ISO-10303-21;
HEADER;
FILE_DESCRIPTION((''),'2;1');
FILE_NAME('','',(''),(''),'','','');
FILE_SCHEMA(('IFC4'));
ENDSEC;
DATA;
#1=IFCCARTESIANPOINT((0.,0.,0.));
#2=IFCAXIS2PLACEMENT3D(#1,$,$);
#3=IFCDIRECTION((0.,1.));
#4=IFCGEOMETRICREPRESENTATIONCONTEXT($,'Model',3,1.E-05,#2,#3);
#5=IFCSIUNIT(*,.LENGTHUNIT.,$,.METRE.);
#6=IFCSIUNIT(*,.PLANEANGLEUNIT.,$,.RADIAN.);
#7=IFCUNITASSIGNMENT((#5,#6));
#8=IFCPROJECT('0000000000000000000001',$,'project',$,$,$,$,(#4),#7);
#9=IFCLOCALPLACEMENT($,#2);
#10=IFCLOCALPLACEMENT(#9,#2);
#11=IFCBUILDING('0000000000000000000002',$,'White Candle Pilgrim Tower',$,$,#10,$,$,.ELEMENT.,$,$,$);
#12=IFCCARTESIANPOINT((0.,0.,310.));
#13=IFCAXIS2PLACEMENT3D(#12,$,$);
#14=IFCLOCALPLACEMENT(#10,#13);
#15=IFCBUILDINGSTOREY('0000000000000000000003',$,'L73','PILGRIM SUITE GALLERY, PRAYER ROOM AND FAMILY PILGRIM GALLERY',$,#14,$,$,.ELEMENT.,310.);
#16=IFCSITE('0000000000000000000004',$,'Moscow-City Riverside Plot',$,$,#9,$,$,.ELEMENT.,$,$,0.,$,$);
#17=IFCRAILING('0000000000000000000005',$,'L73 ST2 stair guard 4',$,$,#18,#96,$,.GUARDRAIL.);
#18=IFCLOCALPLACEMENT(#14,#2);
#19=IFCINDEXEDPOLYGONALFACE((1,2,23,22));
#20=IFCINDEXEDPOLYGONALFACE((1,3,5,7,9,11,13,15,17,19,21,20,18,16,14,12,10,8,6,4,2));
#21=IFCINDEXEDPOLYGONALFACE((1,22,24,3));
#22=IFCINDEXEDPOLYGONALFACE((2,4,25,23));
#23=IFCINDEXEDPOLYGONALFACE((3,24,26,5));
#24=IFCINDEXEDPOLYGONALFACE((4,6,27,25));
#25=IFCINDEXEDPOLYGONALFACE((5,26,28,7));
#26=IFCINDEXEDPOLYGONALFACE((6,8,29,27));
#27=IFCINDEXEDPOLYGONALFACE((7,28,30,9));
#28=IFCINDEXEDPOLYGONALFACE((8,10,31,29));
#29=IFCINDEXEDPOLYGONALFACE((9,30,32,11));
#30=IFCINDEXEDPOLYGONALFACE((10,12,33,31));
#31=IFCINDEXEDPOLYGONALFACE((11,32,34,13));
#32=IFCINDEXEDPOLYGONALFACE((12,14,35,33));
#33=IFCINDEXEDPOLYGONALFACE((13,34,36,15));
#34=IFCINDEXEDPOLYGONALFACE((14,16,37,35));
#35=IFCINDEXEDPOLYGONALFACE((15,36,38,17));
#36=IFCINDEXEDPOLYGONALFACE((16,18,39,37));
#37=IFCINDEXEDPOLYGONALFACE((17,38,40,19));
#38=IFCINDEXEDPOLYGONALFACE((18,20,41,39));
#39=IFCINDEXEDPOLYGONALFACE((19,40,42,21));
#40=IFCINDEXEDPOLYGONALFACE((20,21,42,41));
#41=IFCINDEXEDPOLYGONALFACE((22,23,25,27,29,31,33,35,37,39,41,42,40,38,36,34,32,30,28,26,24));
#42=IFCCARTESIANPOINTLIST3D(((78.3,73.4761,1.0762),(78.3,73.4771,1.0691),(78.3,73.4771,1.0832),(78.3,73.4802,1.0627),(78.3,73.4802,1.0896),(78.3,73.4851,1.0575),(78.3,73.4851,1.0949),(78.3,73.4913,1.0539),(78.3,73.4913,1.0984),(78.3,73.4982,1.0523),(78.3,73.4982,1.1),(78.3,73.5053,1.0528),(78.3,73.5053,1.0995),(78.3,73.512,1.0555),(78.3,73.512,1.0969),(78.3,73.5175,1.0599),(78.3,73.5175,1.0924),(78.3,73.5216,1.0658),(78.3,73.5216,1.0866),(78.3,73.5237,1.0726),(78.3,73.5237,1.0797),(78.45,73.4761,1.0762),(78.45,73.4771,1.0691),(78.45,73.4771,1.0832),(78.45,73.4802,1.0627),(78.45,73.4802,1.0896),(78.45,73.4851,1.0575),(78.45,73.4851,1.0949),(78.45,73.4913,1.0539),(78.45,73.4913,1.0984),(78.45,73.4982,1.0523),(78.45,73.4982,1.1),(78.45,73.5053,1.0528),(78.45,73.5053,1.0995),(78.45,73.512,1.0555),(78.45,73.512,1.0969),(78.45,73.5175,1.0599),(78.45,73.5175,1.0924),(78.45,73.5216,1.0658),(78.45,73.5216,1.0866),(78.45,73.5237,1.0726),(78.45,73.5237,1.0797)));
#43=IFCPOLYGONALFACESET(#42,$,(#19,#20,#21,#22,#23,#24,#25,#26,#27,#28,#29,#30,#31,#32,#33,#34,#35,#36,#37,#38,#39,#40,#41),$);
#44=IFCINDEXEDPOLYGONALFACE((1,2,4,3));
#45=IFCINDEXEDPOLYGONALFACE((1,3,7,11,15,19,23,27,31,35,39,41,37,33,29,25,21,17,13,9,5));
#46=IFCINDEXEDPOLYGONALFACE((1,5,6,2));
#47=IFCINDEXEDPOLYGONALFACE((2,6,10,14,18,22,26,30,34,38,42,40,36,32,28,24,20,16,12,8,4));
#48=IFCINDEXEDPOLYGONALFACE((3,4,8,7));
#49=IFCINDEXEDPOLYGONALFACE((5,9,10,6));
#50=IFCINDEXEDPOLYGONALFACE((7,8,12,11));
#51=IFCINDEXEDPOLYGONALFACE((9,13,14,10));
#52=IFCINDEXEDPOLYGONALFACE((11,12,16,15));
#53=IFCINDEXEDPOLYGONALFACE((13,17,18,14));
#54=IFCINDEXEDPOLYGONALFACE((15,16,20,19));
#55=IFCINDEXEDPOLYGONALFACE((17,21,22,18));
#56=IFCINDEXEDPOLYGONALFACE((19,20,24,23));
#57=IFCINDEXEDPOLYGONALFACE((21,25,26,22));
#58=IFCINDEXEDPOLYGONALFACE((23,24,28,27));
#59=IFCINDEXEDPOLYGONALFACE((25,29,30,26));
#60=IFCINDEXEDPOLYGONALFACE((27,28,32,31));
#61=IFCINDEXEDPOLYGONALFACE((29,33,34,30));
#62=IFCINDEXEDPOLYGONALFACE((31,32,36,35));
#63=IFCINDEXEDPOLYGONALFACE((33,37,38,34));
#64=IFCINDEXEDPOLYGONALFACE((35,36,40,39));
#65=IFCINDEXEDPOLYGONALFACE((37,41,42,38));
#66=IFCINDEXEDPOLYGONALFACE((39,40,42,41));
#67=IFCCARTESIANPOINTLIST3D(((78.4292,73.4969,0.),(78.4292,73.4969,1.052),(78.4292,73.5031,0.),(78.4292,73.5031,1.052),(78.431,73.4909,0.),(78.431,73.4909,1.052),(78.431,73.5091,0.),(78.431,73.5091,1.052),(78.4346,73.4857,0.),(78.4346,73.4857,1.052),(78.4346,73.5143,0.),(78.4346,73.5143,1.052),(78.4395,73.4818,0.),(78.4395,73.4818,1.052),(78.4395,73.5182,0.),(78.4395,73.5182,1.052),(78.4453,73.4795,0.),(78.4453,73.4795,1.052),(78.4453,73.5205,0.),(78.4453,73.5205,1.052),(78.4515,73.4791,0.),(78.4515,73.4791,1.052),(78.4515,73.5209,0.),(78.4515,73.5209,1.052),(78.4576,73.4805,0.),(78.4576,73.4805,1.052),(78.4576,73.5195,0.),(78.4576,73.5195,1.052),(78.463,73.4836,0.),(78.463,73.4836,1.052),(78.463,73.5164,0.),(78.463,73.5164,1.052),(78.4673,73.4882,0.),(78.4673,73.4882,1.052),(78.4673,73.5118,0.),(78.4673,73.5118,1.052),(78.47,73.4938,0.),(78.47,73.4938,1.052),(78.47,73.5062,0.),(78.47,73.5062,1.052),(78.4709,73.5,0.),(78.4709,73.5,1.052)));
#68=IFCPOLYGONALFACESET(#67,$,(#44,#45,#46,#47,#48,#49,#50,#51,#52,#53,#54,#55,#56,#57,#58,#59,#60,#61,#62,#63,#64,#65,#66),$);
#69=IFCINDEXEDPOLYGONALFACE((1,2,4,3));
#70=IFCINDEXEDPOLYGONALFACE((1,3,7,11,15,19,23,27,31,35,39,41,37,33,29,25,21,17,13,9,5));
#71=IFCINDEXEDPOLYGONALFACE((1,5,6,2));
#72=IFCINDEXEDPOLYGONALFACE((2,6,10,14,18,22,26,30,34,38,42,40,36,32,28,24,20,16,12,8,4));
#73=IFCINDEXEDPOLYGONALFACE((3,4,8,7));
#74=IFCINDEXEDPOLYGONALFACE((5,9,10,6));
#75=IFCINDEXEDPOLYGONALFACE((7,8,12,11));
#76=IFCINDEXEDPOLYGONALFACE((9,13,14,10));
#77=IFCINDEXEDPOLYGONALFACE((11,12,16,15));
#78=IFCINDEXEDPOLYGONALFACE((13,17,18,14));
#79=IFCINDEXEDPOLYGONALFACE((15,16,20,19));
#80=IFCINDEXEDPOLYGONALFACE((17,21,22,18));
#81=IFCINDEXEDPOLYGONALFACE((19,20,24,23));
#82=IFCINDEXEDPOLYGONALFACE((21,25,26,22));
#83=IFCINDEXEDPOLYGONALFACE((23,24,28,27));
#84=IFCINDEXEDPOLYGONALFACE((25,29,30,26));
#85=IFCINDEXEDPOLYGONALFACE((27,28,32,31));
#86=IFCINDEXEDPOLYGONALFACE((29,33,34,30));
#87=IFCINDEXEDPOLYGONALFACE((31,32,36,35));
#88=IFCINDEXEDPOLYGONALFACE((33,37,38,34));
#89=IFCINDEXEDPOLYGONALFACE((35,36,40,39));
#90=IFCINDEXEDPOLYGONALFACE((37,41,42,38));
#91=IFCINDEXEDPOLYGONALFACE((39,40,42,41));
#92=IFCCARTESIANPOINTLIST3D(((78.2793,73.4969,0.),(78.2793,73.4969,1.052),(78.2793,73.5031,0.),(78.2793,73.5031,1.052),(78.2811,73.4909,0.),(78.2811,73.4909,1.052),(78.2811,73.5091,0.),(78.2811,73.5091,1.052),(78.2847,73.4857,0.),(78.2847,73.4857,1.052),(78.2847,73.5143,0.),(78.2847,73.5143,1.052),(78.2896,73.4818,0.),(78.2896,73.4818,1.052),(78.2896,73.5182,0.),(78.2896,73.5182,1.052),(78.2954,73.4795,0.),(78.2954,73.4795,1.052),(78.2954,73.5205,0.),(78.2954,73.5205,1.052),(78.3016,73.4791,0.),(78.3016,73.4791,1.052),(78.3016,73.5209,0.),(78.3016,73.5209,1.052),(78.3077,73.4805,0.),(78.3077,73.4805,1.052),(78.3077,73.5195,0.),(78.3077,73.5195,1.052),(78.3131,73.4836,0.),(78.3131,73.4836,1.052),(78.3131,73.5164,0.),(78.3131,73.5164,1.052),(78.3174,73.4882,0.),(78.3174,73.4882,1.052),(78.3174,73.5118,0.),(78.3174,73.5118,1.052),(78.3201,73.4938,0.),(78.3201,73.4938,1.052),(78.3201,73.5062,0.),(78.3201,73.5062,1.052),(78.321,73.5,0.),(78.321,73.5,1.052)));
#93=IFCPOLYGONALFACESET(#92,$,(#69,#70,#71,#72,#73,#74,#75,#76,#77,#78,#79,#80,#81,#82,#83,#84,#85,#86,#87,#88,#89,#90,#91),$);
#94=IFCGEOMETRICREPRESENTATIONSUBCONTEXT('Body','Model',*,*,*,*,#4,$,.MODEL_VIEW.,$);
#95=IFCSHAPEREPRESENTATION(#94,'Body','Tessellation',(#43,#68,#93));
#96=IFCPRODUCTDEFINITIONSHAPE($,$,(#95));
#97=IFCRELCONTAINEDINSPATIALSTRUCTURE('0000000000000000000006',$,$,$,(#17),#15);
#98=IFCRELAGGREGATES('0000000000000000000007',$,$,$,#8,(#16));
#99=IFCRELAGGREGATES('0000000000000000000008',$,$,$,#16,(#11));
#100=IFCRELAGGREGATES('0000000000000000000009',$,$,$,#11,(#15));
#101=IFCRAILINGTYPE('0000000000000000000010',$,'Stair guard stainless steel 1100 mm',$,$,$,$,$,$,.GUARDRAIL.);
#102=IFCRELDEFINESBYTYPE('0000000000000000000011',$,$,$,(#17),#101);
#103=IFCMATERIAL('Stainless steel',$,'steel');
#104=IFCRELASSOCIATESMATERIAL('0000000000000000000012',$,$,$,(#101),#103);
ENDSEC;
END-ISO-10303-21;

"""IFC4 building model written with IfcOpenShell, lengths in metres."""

from ifc_helpers import new_model, si_unit, direction, frame, origin, origin_2d, place, context, subcontext, project, spatial, circle, extrude, material, type_object, element, save


model = new_model("IFC4")

# Units and contexts
model_context = context("Model", 3, precision=1e-05, world=origin(), true_north=direction((0.0, 1.0)))
body_context = subcontext(model_context, "Body", "Model", "MODEL_VIEW")
ifc_project = project(units=[si_unit("LENGTHUNIT", "METRE"), si_unit("PLANEANGLEUNIT", "RADIAN")], contexts=[model_context])

# Site, building, storey
site_placement = place(None, origin())
site = spatial("IfcSite", under=ifc_project, at=site_placement, Name="Moscow-City Riverside Plot", CompositionType="ELEMENT", RefElevation=0.0)
building_placement = place(site_placement, origin())
building = spatial("IfcBuilding", under=site, at=building_placement, Name="White Candle Pilgrim Tower", CompositionType="ELEMENT")
storey_placement = place(building_placement, frame((0.0, 0.0, 310.0)))
storey = spatial("IfcBuildingStorey", under=building, at=storey_placement, Name="L73", Description="PILGRIM SUITE GALLERY, PRAYER ROOM AND FAMILY PILGRIM GALLERY", CompositionType="ELEMENT", Elevation=310.0)

# Railing
ifc_material_1 = material(Name="Stainless steel", Category="steel")
railing_type_1 = type_object("IfcRailingType", Name="Stair guard stainless steel 1100 mm", PredefinedType="GUARDRAIL", material=ifc_material_1)
railing_1_placement = place(storey_placement, frame((78.45, 73.5, 0.0)))
element("IfcRailing", 1, at=railing_1_placement, inside=storey, type_object=railing_type_1, Name="L73 ST2 stair guard 4", PredefinedType="GUARDRAIL", context=body_context, shape_type="SweptSolid", body=[
    extrude(circle(Radius=0.0239, at=origin_2d()), frame((0.0, 0.0, 1.0762), z_axis=(-1.0, 0.0, 0.0), x_axis=(0.0, -1.0, 0.0)), (0.0, 0.0, 1.0), 0.1499),
    extrude(circle(Radius=0.021, at=origin_2d()), origin(), (0.0, 0.0, 1.0), 1.052),
    extrude(circle(Radius=0.021, at=origin_2d()), frame((-0.1499, 0.0, 0.0)), (0.0, 0.0, 1.0), 1.052),
])

save(model, "model.ifc")
